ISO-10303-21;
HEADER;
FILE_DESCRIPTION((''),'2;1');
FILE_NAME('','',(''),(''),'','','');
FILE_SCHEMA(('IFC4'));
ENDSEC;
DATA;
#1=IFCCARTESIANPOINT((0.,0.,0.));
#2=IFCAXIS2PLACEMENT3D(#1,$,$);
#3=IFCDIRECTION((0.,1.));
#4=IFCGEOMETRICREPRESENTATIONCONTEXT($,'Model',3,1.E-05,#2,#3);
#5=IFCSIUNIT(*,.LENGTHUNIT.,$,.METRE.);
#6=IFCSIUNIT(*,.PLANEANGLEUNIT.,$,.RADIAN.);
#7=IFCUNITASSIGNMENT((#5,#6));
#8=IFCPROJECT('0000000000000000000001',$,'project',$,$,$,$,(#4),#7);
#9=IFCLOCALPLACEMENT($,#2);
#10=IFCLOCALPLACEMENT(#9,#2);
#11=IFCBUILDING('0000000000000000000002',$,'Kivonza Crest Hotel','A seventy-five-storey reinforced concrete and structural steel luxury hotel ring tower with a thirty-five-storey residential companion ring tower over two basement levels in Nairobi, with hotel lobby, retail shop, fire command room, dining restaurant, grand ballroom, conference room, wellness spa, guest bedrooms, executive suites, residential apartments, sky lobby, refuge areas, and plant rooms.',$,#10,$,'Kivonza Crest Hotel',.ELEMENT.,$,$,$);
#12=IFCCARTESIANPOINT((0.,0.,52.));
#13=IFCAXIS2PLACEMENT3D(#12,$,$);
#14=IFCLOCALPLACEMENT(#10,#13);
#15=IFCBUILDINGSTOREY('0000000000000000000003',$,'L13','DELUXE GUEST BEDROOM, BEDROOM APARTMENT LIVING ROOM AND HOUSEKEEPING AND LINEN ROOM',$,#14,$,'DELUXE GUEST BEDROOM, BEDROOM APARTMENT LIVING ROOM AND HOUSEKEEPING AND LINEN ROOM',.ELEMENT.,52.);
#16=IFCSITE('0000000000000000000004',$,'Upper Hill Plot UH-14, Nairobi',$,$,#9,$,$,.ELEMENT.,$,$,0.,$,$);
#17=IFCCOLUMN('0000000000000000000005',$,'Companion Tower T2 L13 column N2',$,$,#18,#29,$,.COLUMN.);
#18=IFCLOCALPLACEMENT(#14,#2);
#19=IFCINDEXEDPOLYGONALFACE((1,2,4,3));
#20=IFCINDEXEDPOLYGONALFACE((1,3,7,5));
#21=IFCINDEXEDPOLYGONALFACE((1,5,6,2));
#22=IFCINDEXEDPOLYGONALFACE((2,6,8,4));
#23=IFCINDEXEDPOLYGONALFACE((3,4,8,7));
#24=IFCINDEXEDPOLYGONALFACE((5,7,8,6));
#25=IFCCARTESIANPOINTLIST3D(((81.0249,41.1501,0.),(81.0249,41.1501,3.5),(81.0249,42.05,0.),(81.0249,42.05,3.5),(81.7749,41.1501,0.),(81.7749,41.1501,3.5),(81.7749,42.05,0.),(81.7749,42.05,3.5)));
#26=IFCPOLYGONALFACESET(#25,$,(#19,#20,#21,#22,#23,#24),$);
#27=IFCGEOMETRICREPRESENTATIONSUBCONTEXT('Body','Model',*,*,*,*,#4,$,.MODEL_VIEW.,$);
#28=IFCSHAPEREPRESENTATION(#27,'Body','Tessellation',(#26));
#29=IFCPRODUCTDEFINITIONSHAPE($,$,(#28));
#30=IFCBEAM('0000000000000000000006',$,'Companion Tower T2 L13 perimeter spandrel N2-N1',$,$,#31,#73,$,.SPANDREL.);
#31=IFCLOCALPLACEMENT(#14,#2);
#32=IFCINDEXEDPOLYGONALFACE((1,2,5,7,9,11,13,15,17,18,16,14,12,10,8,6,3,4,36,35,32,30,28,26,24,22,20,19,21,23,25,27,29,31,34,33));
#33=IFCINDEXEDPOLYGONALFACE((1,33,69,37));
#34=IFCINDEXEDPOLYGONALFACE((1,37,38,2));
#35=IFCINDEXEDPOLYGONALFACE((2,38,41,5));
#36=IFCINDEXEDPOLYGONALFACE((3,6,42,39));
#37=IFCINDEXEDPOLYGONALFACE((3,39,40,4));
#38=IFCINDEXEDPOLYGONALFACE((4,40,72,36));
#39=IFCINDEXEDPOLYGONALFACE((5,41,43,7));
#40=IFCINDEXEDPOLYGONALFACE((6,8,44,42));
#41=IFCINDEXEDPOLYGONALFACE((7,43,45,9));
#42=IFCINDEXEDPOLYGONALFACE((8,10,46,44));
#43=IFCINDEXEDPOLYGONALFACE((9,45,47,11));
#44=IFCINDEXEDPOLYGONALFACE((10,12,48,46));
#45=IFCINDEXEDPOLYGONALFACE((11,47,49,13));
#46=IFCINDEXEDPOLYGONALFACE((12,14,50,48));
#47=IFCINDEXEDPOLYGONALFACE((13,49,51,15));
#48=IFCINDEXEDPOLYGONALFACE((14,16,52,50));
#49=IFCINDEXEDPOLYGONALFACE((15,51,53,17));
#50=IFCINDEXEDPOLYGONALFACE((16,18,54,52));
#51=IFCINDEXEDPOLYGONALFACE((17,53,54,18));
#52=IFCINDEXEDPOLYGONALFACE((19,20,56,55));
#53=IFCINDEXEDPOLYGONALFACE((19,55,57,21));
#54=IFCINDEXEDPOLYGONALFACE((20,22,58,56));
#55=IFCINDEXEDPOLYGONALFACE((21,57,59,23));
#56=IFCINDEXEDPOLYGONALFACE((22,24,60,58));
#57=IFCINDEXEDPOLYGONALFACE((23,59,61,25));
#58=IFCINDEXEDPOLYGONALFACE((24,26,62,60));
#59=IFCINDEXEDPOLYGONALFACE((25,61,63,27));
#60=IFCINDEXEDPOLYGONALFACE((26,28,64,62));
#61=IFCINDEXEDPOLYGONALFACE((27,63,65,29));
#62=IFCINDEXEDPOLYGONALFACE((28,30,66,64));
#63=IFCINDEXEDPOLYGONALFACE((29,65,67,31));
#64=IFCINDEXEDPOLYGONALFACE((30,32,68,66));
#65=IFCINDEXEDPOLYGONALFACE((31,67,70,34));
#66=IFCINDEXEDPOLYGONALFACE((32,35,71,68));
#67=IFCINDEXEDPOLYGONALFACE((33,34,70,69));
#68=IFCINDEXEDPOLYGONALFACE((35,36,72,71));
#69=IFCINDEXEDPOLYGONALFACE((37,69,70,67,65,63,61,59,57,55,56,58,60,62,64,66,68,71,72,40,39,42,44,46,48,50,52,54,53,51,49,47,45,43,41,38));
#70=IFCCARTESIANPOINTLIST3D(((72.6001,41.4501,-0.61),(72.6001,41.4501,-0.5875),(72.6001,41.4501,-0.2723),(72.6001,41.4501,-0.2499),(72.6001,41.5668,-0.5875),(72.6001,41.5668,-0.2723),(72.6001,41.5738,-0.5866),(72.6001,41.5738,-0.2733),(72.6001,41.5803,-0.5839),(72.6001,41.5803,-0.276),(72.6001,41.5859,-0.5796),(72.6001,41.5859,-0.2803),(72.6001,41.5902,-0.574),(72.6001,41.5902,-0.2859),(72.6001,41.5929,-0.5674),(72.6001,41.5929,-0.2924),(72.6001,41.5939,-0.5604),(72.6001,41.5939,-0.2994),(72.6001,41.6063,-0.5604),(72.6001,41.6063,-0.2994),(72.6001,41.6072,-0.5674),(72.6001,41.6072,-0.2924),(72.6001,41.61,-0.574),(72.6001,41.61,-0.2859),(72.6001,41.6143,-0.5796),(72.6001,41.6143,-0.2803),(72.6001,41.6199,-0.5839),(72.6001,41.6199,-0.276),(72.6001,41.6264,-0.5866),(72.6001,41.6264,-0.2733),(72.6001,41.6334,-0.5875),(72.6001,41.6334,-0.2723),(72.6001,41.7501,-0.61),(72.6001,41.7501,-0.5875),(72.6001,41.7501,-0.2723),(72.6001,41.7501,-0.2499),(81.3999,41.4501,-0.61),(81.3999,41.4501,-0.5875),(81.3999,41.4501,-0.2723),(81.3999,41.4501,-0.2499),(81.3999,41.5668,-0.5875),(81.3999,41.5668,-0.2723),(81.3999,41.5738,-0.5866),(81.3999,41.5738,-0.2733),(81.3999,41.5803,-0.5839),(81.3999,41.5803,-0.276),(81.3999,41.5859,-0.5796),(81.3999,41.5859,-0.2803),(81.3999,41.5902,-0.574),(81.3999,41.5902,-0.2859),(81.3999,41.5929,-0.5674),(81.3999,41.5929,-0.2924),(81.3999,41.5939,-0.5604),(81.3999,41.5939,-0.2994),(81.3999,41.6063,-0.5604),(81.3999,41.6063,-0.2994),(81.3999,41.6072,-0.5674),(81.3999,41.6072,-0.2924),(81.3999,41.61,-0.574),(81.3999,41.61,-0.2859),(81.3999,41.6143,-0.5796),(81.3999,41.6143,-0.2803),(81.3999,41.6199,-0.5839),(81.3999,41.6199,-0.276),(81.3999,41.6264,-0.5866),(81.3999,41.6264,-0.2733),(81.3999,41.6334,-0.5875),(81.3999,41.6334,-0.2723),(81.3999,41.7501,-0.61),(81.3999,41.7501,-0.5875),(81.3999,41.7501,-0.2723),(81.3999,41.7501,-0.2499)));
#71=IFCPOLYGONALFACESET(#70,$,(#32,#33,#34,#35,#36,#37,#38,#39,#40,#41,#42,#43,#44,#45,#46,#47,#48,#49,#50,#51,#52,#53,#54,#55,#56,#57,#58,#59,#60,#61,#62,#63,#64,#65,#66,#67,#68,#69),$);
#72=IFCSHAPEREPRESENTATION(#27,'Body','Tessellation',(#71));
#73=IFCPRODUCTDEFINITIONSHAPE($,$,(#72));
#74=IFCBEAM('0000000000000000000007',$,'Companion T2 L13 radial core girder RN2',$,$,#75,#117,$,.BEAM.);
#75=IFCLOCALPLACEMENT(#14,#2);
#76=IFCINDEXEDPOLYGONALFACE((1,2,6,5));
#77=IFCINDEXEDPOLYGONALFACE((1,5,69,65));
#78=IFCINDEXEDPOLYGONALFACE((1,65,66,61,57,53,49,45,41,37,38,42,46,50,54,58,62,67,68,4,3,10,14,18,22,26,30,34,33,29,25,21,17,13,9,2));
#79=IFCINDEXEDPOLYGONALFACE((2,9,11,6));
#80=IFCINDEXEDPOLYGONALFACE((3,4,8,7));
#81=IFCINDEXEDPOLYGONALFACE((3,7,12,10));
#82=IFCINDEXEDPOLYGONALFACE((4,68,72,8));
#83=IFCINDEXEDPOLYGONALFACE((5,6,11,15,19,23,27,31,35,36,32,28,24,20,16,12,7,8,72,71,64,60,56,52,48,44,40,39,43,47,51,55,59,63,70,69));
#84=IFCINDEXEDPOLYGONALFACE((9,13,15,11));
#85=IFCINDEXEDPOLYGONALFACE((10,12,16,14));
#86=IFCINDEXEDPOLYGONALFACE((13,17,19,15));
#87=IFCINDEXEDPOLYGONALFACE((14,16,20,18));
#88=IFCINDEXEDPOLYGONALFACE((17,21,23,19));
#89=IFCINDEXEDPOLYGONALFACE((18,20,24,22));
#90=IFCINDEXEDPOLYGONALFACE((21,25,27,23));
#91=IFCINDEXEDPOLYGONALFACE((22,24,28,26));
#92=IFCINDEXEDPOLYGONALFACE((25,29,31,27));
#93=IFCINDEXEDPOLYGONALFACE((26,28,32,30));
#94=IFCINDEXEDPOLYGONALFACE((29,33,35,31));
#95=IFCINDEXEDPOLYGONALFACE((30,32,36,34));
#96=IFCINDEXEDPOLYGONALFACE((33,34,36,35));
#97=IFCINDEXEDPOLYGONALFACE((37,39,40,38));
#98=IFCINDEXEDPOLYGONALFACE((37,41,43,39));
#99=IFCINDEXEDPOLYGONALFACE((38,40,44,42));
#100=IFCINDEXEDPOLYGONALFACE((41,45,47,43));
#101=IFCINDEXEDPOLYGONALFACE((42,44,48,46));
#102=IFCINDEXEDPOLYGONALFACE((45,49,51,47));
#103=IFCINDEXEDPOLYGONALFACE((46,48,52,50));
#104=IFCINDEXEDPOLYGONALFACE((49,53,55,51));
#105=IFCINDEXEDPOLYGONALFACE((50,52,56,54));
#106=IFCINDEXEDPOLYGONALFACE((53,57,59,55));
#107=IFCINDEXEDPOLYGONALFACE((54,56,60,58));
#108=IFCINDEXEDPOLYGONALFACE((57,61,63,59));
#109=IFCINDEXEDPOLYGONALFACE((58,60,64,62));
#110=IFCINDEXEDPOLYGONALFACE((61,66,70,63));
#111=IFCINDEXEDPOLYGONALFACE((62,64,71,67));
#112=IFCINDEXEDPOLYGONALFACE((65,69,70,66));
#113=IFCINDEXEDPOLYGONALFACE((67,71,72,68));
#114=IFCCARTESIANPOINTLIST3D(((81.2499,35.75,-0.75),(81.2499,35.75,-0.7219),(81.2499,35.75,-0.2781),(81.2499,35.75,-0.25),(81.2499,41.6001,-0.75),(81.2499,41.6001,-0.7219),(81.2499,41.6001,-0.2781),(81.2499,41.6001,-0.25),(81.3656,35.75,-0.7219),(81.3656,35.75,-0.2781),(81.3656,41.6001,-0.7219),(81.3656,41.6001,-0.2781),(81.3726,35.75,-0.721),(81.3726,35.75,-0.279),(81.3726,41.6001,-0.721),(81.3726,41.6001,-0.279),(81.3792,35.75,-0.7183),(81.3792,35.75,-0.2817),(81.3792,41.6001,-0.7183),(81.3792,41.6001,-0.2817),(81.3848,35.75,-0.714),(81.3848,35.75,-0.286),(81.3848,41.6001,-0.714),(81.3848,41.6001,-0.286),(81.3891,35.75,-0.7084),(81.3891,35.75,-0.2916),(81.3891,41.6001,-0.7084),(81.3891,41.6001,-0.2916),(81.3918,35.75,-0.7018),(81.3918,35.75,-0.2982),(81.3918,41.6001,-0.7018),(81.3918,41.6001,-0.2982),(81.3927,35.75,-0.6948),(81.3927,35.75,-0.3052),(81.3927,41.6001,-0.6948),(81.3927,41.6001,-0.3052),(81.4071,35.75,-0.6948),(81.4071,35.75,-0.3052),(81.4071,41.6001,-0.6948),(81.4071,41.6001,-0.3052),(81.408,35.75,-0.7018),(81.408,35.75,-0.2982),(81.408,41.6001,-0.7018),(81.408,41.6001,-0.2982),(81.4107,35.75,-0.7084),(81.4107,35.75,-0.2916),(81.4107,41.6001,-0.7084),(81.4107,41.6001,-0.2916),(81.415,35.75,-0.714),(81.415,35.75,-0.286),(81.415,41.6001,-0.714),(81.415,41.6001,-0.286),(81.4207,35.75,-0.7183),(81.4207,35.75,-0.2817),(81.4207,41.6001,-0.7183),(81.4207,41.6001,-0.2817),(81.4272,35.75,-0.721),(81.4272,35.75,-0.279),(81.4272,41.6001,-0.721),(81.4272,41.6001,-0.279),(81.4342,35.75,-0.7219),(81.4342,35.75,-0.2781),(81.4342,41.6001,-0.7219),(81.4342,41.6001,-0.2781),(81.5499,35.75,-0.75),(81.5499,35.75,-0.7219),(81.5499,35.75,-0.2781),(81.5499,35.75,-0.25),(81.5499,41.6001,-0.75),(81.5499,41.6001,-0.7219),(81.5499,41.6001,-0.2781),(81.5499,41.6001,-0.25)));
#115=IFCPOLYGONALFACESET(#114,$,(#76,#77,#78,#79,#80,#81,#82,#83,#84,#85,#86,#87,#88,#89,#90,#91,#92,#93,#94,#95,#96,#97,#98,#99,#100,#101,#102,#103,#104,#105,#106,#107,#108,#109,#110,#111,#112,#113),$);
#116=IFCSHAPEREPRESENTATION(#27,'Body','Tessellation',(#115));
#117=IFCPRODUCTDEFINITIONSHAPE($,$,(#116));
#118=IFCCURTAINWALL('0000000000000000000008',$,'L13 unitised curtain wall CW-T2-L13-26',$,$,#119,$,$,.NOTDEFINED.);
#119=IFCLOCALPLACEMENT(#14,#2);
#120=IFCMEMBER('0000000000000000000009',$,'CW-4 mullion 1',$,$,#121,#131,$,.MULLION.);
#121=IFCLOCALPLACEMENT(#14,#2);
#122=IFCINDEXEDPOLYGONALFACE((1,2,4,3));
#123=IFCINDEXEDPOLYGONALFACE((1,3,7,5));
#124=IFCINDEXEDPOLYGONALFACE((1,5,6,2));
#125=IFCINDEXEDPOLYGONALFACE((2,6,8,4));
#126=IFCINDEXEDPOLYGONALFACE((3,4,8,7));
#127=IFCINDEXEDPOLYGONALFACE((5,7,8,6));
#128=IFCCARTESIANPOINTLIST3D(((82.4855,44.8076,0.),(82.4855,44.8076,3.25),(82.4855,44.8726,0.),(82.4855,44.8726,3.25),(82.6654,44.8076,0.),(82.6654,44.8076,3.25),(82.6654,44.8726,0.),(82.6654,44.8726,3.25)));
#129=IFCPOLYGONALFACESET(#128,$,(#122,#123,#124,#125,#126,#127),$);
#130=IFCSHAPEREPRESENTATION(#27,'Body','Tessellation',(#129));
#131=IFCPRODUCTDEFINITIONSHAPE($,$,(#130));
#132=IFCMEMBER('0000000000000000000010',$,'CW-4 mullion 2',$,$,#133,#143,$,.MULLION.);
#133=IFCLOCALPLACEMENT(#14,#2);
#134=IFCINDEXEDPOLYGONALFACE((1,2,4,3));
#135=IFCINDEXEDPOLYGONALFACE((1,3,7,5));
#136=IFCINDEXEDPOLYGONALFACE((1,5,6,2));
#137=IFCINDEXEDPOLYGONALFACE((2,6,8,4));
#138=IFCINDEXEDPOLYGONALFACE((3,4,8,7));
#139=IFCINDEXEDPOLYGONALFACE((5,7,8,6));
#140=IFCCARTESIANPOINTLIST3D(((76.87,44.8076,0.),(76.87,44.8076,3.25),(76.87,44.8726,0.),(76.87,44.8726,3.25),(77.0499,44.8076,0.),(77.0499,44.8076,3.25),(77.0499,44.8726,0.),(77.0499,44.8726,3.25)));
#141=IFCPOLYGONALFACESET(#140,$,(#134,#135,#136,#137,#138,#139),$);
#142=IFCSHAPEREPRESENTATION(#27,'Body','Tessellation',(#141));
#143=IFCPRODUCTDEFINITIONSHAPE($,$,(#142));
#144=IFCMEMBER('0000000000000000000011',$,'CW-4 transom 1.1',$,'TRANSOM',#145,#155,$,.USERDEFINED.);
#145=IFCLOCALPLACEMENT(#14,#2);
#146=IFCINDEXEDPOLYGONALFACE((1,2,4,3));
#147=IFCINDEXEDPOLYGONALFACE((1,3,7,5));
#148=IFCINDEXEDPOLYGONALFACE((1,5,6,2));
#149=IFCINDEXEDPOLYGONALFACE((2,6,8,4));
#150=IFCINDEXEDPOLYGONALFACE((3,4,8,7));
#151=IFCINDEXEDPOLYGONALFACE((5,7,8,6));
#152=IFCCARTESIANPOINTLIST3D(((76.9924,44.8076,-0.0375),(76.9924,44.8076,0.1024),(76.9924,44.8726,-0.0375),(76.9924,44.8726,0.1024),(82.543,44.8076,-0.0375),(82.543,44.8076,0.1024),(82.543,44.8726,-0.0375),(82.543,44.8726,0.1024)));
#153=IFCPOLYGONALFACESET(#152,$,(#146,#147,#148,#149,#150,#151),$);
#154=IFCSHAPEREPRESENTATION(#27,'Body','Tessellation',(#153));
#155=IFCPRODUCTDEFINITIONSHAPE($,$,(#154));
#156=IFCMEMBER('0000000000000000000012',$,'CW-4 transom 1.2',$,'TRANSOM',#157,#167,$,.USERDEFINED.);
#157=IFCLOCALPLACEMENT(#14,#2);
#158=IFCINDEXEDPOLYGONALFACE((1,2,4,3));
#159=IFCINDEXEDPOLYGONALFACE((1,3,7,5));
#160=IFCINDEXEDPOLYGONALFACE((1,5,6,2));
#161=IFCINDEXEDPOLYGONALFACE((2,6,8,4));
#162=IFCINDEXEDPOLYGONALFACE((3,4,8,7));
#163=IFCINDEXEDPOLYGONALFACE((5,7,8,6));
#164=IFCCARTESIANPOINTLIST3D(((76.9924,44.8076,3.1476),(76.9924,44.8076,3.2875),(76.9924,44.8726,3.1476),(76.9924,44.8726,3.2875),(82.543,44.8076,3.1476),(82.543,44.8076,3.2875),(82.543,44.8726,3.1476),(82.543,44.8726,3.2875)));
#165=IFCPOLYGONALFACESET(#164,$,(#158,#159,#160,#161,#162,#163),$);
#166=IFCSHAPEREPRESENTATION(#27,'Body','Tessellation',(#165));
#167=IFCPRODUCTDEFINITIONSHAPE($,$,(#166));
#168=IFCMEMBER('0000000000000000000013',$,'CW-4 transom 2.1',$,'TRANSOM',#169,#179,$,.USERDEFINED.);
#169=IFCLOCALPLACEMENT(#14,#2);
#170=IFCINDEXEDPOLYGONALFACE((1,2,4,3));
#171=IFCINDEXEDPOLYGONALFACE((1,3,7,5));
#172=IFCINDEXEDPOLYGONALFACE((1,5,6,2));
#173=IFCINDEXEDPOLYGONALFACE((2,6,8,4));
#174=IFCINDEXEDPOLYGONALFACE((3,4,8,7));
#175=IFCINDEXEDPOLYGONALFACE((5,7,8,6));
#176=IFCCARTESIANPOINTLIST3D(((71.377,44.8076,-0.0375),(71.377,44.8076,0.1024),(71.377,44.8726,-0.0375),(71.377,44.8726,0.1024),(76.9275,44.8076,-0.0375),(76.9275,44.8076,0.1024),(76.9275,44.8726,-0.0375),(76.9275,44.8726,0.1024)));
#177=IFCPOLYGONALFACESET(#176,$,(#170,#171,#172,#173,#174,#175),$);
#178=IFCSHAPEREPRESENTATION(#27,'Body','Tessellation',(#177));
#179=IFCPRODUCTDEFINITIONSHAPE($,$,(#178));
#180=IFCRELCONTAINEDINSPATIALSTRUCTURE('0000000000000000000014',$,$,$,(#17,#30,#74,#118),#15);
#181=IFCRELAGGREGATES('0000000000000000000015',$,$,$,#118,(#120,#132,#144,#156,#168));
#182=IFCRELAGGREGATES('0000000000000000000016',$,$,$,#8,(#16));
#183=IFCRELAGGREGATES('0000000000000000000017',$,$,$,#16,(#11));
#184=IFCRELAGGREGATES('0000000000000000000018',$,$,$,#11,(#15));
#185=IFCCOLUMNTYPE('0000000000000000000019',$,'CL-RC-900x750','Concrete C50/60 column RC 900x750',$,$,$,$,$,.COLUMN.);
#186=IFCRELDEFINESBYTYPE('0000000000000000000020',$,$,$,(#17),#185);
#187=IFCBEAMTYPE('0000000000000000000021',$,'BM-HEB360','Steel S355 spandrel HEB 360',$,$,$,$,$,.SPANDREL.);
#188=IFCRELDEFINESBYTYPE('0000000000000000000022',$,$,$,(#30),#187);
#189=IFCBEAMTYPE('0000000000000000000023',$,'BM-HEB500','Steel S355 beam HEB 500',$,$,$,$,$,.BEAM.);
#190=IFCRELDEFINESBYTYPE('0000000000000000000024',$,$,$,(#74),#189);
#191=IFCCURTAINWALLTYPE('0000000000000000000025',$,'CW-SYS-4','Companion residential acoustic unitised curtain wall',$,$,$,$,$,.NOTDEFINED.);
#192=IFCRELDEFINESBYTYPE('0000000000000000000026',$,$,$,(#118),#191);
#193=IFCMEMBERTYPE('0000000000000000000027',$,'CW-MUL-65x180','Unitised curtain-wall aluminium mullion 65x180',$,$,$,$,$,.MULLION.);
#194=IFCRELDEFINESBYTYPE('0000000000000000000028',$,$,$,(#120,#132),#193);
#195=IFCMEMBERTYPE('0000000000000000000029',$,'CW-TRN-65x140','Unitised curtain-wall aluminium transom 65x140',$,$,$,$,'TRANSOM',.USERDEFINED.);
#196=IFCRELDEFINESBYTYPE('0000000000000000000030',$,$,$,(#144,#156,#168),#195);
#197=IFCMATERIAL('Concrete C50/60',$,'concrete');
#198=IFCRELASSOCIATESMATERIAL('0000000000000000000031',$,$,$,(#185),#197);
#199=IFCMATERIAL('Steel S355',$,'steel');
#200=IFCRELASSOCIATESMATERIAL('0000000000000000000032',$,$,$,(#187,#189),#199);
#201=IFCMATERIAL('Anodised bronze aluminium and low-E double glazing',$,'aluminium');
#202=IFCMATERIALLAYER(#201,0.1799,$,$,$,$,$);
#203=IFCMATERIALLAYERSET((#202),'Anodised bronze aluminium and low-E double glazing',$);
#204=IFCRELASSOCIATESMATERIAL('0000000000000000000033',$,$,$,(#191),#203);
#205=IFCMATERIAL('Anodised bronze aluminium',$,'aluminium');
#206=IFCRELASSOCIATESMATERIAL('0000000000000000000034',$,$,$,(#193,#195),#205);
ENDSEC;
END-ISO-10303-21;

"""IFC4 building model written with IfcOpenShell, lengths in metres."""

from ifc_helpers import new_model, si_unit, direction, frame, origin, origin_2d, place, context, subcontext, project, spatial, rectangle, i_section, extrude, material, layer, layer_set, material_profile, profile_set, type_object, element, aggregate, save


model = new_model("IFC4")

# Units and contexts
model_context = context("Model", 3, precision=1e-05, world=origin(), true_north=direction((0.0, 1.0)))
body_context = subcontext(model_context, "Body", "Model", "MODEL_VIEW")
ifc_project = project(units=[si_unit("LENGTHUNIT", "METRE"), si_unit("PLANEANGLEUNIT", "RADIAN")], contexts=[model_context])

# Site, building, storey
site_placement = place(None, origin())
site = spatial("IfcSite", under=ifc_project, at=site_placement, Name="Upper Hill Plot UH-14, Nairobi", CompositionType="ELEMENT", RefElevation=0.0)
building_placement = place(site_placement, origin())
building = spatial("IfcBuilding", under=site, at=building_placement, Name="Kivonza Crest Hotel", Description="A seventy-five-storey reinforced concrete and structural steel luxury hotel ring tower with a thirty-five-storey residential companion ring tower over two basement levels in Nairobi, with hotel lobby, retail shop, fire command room, dining restaurant, grand ballroom, conference room, wellness spa, guest bedrooms, executive suites, residential apartments, sky lobby, refuge areas, and plant rooms.", LongName="Kivonza Crest Hotel", CompositionType="ELEMENT")
storey_placement = place(building_placement, frame((0.0, 0.0, 52.0)))
storey = spatial("IfcBuildingStorey", under=building, at=storey_placement, Name="L13", Description="DELUXE GUEST BEDROOM, BEDROOM APARTMENT LIVING ROOM AND HOUSEKEEPING AND LINEN ROOM", LongName="DELUXE GUEST BEDROOM, BEDROOM APARTMENT LIVING ROOM AND HOUSEKEEPING AND LINEN ROOM", CompositionType="ELEMENT", Elevation=52.0)

# Column
ifc_material_1 = material(Name="Concrete C50/60", Category="concrete")
ifc_material_profile_1 = material_profile(ifc_material_1, rectangle(XDim=0.75, YDim=0.8999, at=origin_2d()), Name="RC 900x750")
ifc_profile_set_1 = profile_set([ifc_material_profile_1], Name="Concrete C50/60")
column_type = type_object("IfcColumnType", Name="CL-RC-900x750", Description="Concrete C50/60 column RC 900x750", PredefinedType="COLUMN", material=ifc_profile_set_1)
column_placement = place(storey_placement, frame((81.3999, 41.6001, 0.0), z_axis=(0.0, 0.0, 1.0), x_axis=(1.0, 0.0, 0.0)))
element("IfcColumn", 1, at=column_placement, inside=storey, type_object=column_type, Name="Companion Tower T2 L13 column N2", PredefinedType="COLUMN", context=body_context, shape_type="SweptSolid", body=[
    extrude(rectangle(XDim=0.75, YDim=0.8999, at=origin_2d()), origin(), (0.0, 0.0, 1.0), 3.5),
])

# Beams
ifc_material_2 = material(Name="Steel S355", Category="steel")
ifc_material_profile_2 = material_profile(ifc_material_2, i_section(OverallWidth=0.3, OverallDepth=0.3601, WebThickness=0.0125, FlangeThickness=0.0225, FilletRadius=0.0271, at=origin_2d()), Name="HEB 360")
ifc_profile_set_2 = profile_set([ifc_material_profile_2], Name="Steel S355")
beam_type_1 = type_object("IfcBeamType", Name="BM-HEB360", Description="Steel S355 spandrel HEB 360", PredefinedType="SPANDREL", material=ifc_profile_set_2)
beam_1_placement = place(storey_placement, frame((81.3999, 41.6001, -0.4299), z_axis=(-1.0, 0.0, 0.0), x_axis=(0.0, -1.0, 0.0)))
element("IfcBeam", 2, at=beam_1_placement, inside=storey, type_object=beam_type_1, Name="Companion Tower T2 L13 perimeter spandrel N2-N1", PredefinedType="SPANDREL", context=body_context, shape_type="SweptSolid", body=[
    extrude(i_section(OverallWidth=0.3, OverallDepth=0.3601, WebThickness=0.0125, FlangeThickness=0.0225, FilletRadius=0.0271, at=origin_2d()), origin(), (0.0, 0.0, 1.0), 8.7998),
])
ifc_material_profile_3 = material_profile(ifc_material_2, i_section(OverallWidth=0.3, OverallDepth=0.5, WebThickness=0.0144, FlangeThickness=0.0281, FilletRadius=0.0271, at=origin_2d()), Name="HEB 500")
ifc_profile_set_3 = profile_set([ifc_material_profile_3], Name="Steel S355")
beam_type_2 = type_object("IfcBeamType", Name="BM-HEB500", Description="Steel S355 beam HEB 500", PredefinedType="BEAM", material=ifc_profile_set_3)
beam_2_placement = place(storey_placement, frame((81.3999, 41.6001, -0.5), z_axis=(0.0, -1.0, 0.0), x_axis=(1.0, 0.0, 0.0)))
element("IfcBeam", 3, at=beam_2_placement, inside=storey, type_object=beam_type_2, Name="Companion T2 L13 radial core girder RN2", PredefinedType="BEAM", context=body_context, shape_type="SweptSolid", body=[
    extrude(i_section(OverallWidth=0.3, OverallDepth=0.5, WebThickness=0.0144, FlangeThickness=0.0281, FilletRadius=0.0271, at=origin_2d()), origin(), (0.0, 0.0, 1.0), 5.8501),
])

# Curtain wall, members
ifc_material_3 = material(Name="Anodised bronze aluminium and low-E double glazing", Category="aluminium")
ifc_layer_1 = layer(ifc_material_3, 0.1799)
ifc_layer_set_1 = layer_set([ifc_layer_1], Name="Anodised bronze aluminium and low-E double glazing")
curtain_wall_type = type_object("IfcCurtainWallType", Name="CW-SYS-4", Description="Companion residential acoustic unitised curtain wall", PredefinedType="NOTDEFINED", material=ifc_layer_set_1)
curtain_wall_placement = place(storey_placement, origin())
curtain_wall = element("IfcCurtainWall", 4, at=curtain_wall_placement, inside=storey, type_object=curtain_wall_type, Name="L13 unitised curtain wall CW-T2-L13-26", PredefinedType="NOTDEFINED")
ifc_material_4 = material(Name="Anodised bronze aluminium", Category="aluminium")
ifc_material_profile_4 = material_profile(ifc_material_4, rectangle(XDim=0.0649, YDim=0.1799, at=origin_2d()), Name="CW-M 65x180")
ifc_profile_set_4 = profile_set([ifc_material_profile_4], Name="Anodised bronze aluminium")
member_type_1 = type_object("IfcMemberType", Name="CW-MUL-65x180", Description="Unitised curtain-wall aluminium mullion 65x180", PredefinedType="MULLION", material=ifc_profile_set_4)
member_1_placement = place(storey_placement, frame((82.5754, 44.8401, 0.0), z_axis=(0.0, 0.0, 1.0), x_axis=(0.0, -1.0, 0.0)))
member_1 = element("IfcMember", 5, at=member_1_placement, type_object=member_type_1, Name="CW-4 mullion 1", PredefinedType="MULLION", context=body_context, shape_type="SweptSolid", body=[
    extrude(rectangle(XDim=0.0649, YDim=0.1799, at=origin_2d()), origin(), (0.0, 0.0, 1.0), 3.25),
])
member_2_placement = place(storey_placement, frame((76.96, 44.8401, 0.0), z_axis=(0.0, 0.0, 1.0), x_axis=(0.0, -1.0, 0.0)))
member_2 = element("IfcMember", 6, at=member_2_placement, type_object=member_type_1, Name="CW-4 mullion 2", PredefinedType="MULLION", context=body_context, shape_type="SweptSolid", body=[
    extrude(rectangle(XDim=0.0649, YDim=0.1799, at=origin_2d()), origin(), (0.0, 0.0, 1.0), 3.25),
])
ifc_material_profile_5 = material_profile(ifc_material_4, rectangle(XDim=0.0649, YDim=0.1399, at=origin_2d()), Name="CW-T 65x140")
ifc_profile_set_5 = profile_set([ifc_material_profile_5], Name="Anodised bronze aluminium")
member_type_2 = type_object("IfcMemberType", Name="CW-TRN-65x140", Description="Unitised curtain-wall aluminium transom 65x140", ElementType="TRANSOM", PredefinedType="USERDEFINED", material=ifc_profile_set_5)
member_3_placement = place(storey_placement, frame((82.543, 44.8401, 0.0325), z_axis=(-1.0, 0.0, 0.0), x_axis=(0.0, -1.0, 0.0)))
member_3 = element("IfcMember", 7, at=member_3_placement, type_object=member_type_2, Name="CW-4 transom 1.1", ObjectType="TRANSOM", PredefinedType="USERDEFINED", context=body_context, shape_type="SweptSolid", body=[
    extrude(rectangle(XDim=0.0649, YDim=0.1399, at=origin_2d()), origin(), (0.0, 0.0, 1.0), 5.5505),
])
member_4_placement = place(storey_placement, frame((82.543, 44.8401, 3.2175), z_axis=(-1.0, 0.0, 0.0), x_axis=(0.0, -1.0, 0.0)))
member_4 = element("IfcMember", 8, at=member_4_placement, type_object=member_type_2, Name="CW-4 transom 1.2", ObjectType="TRANSOM", PredefinedType="USERDEFINED", context=body_context, shape_type="SweptSolid", body=[
    extrude(rectangle(XDim=0.0649, YDim=0.1399, at=origin_2d()), origin(), (0.0, 0.0, 1.0), 5.5505),
])
member_5_placement = place(storey_placement, frame((76.9275, 44.8401, 0.0325), z_axis=(-1.0, 0.0, 0.0), x_axis=(0.0, -1.0, 0.0)))
member_5 = element("IfcMember", 9, at=member_5_placement, type_object=member_type_2, Name="CW-4 transom 2.1", ObjectType="TRANSOM", PredefinedType="USERDEFINED", context=body_context, shape_type="SweptSolid", body=[
    extrude(rectangle(XDim=0.0649, YDim=0.1399, at=origin_2d()), origin(), (0.0, 0.0, 1.0), 5.5505),
])
aggregate(curtain_wall, [member_1, member_2, member_3, member_4, member_5])

save(model, "model.ifc")
